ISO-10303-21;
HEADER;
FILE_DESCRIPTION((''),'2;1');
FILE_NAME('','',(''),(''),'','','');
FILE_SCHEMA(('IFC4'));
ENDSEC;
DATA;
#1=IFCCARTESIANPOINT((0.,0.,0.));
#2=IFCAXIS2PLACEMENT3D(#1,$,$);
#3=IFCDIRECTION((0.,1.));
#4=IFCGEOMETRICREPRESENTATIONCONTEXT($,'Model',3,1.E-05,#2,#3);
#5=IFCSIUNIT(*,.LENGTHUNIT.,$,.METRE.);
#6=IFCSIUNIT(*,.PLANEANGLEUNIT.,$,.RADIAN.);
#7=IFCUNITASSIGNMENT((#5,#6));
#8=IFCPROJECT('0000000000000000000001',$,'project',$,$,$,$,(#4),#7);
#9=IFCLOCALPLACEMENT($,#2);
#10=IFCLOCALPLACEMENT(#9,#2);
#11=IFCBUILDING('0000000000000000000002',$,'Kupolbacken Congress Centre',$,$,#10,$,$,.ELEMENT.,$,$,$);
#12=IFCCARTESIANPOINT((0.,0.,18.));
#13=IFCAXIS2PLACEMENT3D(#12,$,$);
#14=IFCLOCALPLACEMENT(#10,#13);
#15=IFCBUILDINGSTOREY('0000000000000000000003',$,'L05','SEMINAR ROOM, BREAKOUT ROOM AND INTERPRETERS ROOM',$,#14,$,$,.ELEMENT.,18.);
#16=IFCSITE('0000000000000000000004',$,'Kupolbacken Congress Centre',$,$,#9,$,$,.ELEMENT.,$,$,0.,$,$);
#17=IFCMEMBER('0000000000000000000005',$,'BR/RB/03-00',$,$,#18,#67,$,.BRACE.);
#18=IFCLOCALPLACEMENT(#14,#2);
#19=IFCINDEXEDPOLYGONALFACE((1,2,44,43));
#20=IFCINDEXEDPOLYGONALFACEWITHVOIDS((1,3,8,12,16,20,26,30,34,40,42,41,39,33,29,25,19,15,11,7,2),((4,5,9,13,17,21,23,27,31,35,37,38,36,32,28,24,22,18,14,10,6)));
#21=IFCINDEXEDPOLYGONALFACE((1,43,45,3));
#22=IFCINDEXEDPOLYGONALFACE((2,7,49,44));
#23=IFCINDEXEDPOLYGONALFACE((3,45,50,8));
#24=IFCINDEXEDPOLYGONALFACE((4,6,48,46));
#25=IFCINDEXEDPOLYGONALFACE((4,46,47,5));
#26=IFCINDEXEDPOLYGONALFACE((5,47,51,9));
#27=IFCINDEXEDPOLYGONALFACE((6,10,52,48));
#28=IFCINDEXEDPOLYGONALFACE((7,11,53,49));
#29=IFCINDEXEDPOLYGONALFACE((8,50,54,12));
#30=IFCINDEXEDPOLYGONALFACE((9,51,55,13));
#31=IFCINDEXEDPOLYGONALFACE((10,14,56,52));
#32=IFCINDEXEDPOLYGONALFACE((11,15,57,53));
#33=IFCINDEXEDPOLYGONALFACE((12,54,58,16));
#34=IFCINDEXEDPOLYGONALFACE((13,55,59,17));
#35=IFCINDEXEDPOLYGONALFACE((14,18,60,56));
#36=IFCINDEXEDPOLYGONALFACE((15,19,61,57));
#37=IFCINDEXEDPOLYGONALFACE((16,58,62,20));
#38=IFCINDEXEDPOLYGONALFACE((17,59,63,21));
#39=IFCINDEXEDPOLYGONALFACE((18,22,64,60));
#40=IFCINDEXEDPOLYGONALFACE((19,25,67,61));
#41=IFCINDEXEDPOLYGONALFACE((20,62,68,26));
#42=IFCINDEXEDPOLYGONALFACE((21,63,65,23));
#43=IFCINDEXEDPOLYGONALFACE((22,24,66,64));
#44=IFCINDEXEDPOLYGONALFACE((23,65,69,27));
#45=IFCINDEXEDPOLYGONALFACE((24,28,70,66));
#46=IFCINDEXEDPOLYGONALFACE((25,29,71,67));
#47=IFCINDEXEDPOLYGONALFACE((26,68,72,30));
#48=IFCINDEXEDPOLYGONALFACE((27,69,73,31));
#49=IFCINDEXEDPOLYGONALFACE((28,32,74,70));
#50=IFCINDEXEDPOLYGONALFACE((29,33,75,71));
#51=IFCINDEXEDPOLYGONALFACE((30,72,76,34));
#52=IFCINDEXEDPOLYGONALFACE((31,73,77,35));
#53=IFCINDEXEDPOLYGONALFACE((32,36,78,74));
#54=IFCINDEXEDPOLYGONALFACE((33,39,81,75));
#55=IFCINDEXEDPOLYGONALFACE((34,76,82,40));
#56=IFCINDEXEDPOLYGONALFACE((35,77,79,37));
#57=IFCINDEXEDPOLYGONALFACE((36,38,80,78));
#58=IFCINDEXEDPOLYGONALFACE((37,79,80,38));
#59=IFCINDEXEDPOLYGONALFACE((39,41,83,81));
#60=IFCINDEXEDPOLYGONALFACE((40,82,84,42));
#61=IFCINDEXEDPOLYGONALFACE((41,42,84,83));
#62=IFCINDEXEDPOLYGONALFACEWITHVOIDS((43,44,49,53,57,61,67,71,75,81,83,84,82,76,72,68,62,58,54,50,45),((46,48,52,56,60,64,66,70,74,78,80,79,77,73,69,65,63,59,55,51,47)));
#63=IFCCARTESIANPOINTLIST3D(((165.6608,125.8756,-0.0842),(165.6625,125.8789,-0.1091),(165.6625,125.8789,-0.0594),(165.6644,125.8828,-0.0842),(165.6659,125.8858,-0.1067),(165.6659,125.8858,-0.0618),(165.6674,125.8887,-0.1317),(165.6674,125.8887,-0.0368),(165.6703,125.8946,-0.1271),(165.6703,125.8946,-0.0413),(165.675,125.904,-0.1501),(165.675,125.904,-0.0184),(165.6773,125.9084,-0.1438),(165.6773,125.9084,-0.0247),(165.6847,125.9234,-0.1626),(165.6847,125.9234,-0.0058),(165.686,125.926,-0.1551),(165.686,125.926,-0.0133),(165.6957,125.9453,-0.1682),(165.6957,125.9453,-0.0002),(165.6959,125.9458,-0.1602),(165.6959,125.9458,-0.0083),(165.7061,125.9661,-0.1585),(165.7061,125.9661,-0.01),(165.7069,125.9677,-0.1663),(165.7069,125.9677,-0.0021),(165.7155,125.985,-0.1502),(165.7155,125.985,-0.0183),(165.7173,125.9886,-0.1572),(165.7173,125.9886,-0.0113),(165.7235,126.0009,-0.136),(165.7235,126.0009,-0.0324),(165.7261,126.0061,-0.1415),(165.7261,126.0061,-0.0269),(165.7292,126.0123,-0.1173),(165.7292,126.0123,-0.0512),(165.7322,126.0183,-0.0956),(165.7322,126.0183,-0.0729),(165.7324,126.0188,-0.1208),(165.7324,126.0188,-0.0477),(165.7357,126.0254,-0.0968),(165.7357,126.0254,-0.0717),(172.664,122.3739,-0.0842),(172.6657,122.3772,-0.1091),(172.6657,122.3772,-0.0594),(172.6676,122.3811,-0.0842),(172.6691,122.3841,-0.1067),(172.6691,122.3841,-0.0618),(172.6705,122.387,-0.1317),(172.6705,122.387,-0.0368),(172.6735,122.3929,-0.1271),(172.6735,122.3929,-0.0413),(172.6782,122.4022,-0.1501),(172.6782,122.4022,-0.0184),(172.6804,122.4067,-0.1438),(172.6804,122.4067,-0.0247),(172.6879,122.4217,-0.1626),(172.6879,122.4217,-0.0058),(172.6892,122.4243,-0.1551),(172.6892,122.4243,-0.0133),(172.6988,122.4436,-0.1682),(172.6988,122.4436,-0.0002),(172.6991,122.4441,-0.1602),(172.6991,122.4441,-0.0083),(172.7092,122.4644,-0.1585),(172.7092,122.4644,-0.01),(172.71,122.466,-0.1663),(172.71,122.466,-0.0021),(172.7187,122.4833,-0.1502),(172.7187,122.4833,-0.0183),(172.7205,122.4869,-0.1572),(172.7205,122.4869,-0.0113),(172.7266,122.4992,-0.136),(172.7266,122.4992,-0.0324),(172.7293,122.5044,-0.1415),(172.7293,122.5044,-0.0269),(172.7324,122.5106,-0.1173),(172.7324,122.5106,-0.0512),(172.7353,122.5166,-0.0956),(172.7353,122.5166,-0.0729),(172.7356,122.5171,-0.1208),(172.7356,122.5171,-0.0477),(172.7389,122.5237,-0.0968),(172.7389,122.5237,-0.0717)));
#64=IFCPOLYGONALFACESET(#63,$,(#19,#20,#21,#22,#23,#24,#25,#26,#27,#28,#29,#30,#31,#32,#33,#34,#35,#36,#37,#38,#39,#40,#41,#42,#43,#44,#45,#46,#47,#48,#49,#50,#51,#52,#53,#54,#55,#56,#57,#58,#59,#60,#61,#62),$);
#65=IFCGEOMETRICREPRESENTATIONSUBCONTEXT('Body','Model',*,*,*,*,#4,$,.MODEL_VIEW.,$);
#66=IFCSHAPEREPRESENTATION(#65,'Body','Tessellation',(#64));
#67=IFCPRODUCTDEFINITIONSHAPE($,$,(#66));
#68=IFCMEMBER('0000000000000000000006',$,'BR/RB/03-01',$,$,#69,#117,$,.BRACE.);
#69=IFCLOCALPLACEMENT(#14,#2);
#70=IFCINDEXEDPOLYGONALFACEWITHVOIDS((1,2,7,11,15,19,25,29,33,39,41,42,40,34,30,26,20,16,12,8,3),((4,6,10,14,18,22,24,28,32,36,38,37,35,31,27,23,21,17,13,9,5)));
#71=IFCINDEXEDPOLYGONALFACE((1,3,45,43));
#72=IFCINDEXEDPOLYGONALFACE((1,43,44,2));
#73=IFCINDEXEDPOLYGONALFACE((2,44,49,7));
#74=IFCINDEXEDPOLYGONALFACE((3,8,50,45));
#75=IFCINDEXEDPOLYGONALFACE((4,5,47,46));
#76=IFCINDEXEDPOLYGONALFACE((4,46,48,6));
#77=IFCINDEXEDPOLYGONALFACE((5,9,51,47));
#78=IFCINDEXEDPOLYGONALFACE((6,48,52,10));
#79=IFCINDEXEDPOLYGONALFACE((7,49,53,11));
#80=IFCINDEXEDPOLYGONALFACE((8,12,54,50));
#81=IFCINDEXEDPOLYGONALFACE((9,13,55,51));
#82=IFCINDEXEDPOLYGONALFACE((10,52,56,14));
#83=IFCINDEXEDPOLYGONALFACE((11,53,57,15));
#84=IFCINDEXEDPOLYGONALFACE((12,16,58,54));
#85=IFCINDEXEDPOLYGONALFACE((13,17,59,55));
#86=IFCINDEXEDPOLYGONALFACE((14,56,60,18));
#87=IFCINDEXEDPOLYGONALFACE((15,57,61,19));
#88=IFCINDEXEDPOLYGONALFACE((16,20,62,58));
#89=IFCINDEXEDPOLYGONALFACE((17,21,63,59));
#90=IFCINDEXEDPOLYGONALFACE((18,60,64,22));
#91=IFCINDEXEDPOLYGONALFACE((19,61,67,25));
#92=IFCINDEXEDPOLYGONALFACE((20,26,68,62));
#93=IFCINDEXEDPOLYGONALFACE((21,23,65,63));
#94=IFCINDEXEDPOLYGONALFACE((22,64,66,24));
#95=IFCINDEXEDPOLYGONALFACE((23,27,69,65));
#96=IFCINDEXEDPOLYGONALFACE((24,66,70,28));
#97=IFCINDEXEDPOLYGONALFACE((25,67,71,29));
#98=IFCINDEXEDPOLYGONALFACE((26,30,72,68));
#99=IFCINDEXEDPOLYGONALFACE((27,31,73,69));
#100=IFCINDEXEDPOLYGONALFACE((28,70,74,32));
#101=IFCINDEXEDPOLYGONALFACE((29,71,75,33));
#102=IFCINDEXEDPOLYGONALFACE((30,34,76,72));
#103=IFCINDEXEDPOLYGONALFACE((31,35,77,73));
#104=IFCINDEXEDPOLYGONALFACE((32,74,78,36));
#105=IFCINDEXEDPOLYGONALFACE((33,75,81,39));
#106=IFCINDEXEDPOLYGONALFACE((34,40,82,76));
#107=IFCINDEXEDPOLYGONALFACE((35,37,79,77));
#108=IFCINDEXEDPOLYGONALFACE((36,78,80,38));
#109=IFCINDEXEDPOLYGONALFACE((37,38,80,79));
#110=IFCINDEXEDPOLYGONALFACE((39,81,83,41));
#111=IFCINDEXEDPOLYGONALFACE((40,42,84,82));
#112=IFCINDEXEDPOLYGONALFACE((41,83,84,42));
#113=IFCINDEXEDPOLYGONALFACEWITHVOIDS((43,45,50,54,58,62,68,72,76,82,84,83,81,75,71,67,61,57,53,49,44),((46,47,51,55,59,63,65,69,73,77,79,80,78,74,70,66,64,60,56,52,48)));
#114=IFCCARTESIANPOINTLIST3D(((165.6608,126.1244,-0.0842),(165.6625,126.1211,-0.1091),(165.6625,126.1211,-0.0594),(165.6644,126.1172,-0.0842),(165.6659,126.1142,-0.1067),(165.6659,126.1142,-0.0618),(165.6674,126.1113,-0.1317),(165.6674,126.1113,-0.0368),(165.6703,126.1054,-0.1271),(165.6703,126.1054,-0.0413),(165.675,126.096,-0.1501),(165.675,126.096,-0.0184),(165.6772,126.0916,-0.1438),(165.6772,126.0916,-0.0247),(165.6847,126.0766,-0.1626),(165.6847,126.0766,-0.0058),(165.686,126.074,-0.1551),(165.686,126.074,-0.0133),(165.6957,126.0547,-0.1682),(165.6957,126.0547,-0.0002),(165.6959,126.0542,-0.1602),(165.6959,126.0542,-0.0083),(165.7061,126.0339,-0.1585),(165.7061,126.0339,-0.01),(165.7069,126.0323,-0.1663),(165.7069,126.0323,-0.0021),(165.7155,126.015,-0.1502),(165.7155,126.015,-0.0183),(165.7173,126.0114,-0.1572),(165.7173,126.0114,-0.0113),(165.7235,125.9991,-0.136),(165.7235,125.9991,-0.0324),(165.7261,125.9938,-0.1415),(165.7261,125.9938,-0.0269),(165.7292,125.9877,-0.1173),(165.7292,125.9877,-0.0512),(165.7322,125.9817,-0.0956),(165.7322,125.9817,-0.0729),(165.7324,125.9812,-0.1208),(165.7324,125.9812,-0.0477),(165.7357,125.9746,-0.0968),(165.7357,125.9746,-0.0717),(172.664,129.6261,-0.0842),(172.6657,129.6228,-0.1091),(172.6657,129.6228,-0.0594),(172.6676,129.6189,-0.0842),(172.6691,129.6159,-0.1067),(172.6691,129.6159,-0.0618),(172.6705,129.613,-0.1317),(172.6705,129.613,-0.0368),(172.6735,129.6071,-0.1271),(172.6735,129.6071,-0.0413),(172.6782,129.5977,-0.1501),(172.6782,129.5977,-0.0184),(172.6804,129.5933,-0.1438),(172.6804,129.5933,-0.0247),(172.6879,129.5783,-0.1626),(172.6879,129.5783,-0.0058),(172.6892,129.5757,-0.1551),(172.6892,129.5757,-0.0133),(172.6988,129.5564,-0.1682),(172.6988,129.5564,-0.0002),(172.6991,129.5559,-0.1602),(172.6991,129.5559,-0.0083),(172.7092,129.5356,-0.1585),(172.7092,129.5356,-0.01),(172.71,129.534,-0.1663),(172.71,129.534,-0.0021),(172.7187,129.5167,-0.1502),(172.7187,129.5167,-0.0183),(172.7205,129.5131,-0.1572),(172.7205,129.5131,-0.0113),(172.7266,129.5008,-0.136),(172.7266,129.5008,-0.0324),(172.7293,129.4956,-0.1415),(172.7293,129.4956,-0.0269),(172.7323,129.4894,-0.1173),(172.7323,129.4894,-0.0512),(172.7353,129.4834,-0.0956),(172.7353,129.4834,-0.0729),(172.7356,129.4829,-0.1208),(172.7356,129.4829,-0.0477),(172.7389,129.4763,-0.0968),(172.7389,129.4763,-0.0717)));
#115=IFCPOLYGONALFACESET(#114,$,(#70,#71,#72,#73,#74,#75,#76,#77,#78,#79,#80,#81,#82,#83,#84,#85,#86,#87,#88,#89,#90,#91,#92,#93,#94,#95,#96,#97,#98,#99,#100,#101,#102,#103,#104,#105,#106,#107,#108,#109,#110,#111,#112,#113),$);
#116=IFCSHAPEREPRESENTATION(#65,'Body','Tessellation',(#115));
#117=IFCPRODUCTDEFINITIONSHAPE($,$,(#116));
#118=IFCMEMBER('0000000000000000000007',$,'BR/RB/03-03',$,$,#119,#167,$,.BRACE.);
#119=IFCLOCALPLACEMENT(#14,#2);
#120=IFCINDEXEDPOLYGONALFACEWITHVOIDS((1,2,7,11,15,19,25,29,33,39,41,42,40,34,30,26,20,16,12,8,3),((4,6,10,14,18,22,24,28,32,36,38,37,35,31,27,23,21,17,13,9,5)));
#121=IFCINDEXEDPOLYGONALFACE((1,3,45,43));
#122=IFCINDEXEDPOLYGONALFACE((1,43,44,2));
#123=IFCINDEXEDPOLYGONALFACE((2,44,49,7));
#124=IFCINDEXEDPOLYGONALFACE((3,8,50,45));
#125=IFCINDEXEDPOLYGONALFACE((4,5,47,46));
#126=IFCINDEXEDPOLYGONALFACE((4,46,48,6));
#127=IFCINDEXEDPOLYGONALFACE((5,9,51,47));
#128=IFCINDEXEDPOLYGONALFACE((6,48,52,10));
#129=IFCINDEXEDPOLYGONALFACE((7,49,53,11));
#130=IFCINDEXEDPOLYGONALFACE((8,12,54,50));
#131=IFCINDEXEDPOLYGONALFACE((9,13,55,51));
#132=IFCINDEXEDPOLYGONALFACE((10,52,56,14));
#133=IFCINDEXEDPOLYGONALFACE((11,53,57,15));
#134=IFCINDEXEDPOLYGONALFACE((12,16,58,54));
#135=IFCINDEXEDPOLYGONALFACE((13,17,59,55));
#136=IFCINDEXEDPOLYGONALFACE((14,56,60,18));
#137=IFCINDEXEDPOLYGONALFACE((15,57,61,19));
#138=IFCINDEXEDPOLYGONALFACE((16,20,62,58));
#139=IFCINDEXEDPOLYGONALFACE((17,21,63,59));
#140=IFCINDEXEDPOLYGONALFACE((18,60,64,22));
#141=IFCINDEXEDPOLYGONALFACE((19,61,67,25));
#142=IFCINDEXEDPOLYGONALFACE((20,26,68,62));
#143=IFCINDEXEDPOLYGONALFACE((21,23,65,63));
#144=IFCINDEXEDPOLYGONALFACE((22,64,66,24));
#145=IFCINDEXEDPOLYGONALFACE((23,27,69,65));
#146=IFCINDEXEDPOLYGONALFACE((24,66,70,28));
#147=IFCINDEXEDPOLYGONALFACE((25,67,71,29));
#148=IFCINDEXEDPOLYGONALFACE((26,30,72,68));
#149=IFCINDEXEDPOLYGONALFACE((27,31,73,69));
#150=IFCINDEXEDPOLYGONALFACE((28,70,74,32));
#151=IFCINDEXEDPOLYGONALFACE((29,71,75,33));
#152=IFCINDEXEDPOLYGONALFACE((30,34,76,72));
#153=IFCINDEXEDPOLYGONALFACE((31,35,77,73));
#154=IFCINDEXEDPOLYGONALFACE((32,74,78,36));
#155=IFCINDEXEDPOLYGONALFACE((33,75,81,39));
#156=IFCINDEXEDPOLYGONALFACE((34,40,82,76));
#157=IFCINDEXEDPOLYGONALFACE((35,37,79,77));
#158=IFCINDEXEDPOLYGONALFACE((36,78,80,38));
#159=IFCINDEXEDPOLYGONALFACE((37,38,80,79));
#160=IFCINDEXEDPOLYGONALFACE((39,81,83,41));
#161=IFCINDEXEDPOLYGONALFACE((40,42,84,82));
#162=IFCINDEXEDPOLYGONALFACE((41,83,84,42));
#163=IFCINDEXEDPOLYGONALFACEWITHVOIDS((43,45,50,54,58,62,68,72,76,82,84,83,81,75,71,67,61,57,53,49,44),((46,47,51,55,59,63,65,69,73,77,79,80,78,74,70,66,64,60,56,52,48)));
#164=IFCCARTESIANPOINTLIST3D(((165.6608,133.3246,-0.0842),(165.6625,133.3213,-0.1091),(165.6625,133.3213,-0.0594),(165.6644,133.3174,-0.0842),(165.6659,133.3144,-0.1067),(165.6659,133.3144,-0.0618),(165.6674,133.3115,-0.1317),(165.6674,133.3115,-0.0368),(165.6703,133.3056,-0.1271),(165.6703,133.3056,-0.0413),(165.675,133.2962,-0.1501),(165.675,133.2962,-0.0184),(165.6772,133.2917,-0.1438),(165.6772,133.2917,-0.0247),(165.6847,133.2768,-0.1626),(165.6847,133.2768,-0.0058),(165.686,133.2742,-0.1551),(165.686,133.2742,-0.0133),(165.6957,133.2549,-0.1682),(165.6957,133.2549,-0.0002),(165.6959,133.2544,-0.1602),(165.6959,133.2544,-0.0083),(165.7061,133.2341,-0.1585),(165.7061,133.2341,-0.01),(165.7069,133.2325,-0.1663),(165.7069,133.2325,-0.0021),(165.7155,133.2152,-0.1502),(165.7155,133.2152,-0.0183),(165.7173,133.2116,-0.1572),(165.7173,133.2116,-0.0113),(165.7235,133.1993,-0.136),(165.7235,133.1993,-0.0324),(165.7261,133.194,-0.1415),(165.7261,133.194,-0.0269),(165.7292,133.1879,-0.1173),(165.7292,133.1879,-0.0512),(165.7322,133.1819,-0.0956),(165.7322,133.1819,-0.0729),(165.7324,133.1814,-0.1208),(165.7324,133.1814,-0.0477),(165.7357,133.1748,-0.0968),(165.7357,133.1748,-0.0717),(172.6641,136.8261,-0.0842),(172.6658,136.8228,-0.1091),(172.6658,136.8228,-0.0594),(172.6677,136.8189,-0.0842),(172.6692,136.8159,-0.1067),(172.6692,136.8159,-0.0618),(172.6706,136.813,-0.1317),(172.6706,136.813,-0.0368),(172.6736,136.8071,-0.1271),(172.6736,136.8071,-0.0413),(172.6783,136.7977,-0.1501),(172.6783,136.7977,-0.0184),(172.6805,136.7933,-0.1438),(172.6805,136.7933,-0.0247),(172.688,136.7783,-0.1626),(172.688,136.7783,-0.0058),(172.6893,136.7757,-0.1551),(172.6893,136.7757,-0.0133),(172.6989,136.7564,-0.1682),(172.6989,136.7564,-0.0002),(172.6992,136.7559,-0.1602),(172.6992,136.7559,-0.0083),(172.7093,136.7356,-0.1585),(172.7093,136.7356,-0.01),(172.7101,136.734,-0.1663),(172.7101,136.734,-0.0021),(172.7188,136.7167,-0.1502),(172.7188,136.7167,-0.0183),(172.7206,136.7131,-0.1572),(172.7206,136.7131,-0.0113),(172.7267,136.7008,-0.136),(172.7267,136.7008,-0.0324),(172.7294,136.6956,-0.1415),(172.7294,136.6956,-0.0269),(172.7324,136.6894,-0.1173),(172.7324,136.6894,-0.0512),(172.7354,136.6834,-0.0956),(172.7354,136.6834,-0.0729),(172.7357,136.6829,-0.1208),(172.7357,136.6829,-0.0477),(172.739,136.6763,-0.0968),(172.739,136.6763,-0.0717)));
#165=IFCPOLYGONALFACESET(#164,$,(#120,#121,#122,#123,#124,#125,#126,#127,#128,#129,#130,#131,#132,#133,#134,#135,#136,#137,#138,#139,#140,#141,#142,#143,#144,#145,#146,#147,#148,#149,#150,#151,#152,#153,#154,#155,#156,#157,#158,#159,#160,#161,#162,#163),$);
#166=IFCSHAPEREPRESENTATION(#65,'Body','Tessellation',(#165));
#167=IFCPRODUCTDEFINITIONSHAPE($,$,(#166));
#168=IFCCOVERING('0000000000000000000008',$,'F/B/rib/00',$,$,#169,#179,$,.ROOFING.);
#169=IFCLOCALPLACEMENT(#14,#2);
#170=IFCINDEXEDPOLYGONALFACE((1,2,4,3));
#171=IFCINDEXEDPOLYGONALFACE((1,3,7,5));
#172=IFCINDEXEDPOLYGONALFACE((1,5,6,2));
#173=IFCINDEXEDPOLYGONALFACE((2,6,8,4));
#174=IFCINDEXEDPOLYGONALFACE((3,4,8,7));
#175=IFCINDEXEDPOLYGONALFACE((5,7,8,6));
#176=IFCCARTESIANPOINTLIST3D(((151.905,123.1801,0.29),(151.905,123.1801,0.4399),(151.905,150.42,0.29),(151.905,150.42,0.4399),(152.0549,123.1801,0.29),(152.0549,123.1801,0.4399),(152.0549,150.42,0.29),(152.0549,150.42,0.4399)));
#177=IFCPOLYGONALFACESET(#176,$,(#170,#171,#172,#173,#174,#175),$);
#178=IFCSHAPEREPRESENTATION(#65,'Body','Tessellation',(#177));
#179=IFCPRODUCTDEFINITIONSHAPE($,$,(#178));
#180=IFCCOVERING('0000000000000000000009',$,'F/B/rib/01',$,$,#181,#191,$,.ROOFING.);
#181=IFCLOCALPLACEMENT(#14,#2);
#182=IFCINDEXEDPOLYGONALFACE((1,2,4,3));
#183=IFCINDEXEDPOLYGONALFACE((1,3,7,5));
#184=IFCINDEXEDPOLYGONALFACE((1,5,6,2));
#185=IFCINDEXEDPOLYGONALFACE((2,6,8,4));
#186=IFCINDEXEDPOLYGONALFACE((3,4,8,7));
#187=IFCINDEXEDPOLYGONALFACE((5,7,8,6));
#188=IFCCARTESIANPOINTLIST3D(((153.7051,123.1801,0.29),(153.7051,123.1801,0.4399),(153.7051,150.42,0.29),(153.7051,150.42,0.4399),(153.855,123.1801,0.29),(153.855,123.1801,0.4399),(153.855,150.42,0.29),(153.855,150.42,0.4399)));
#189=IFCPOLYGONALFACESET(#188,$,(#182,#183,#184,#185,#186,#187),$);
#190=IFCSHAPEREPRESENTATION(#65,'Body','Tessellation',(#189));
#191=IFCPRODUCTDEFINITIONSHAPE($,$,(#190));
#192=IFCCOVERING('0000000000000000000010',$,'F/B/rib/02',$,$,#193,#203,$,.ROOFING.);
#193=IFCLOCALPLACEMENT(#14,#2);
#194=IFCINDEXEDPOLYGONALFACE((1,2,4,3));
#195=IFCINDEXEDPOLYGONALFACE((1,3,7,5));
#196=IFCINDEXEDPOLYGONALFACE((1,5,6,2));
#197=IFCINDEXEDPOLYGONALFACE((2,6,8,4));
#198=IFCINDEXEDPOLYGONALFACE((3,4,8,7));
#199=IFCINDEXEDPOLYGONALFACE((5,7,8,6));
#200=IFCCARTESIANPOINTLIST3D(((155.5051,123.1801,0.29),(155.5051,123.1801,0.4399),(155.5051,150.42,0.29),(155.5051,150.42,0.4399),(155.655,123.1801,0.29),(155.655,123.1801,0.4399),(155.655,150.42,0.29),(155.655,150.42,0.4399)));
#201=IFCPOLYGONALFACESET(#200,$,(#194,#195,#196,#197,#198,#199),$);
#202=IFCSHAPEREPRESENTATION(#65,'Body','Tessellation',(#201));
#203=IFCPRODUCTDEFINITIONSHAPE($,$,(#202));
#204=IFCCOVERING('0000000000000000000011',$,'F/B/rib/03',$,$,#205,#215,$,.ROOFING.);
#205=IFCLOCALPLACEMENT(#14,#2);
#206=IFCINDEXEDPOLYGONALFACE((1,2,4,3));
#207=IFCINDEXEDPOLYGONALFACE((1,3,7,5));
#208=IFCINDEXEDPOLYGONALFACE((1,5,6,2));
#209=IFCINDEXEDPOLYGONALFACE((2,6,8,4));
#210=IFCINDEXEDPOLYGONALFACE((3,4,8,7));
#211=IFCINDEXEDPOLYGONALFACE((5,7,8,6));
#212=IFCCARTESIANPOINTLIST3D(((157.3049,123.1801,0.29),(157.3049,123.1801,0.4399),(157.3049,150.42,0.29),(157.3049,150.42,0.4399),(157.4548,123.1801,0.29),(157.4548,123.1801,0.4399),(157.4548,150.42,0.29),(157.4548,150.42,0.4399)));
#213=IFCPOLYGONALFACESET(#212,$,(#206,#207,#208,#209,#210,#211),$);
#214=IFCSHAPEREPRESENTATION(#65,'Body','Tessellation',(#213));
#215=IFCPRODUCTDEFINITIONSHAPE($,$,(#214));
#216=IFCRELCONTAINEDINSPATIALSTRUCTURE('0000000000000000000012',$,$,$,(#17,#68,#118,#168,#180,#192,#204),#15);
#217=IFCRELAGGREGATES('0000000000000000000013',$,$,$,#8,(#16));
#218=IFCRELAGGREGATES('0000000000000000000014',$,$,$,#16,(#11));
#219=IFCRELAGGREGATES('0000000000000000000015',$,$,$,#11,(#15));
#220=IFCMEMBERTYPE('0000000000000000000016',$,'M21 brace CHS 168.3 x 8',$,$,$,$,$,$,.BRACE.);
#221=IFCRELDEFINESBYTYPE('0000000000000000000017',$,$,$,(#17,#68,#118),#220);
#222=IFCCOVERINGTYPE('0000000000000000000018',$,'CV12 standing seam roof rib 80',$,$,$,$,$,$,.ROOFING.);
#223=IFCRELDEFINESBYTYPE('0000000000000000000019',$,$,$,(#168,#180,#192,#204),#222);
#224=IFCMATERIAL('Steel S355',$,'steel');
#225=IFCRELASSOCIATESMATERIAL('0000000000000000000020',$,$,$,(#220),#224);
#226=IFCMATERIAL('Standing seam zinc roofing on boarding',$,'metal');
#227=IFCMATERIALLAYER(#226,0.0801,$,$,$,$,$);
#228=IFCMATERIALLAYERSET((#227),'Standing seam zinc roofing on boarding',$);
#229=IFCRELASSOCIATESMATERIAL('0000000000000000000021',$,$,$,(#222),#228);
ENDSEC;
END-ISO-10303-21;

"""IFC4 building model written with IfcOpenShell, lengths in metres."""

from ifc_helpers import new_model, si_unit, direction, frame, origin, origin_2d, place, context, subcontext, project, spatial, rectangle, hollow_circle, extrude, material, layer, layer_set, material_profile, profile_set, type_object, element, save


model = new_model("IFC4")

# Units and contexts
model_context = context("Model", 3, precision=1e-05, world=origin(), true_north=direction((0.0, 1.0)))
body_context = subcontext(model_context, "Body", "Model", "MODEL_VIEW")
ifc_project = project(units=[si_unit("LENGTHUNIT", "METRE"), si_unit("PLANEANGLEUNIT", "RADIAN")], contexts=[model_context])

# Site, building, storey
site_placement = place(None, origin())
site = spatial("IfcSite", under=ifc_project, at=site_placement, Name="Kupolbacken Congress Centre", CompositionType="ELEMENT", RefElevation=0.0)
building_placement = place(site_placement, origin())
building = spatial("IfcBuilding", under=site, at=building_placement, Name="Kupolbacken Congress Centre", CompositionType="ELEMENT")
storey_placement = place(building_placement, frame((0.0, 0.0, 18.0)))
storey = spatial("IfcBuildingStorey", under=building, at=storey_placement, Name="L05", Description="SEMINAR ROOM, BREAKOUT ROOM AND INTERPRETERS ROOM", CompositionType="ELEMENT", Elevation=18.0)

# Members
ifc_material_1 = material(Name="Steel S355", Category="steel")
ifc_material_profile_1 = material_profile(ifc_material_1, hollow_circle(Radius=0.0842, WallThickness=0.0081, at=origin_2d()), Name="CHS 168.3 x 8")
ifc_profile_set_1 = profile_set([ifc_material_profile_1], Name="Steel S355")
member_type_1 = type_object("IfcMemberType", Name="M21 brace CHS 168.3 x 8", PredefinedType="BRACE", material=ifc_profile_set_1)
for number, where, z_axis, x_axis, name in (
    (1, (172.7017, 122.4492, -0.0842), (-0.894421, 0.447226, 0.0), (-0.447226, -0.894421, 0.0), "BR/RB/03-00"),
    (2, (165.6985, 126.0491, -0.0842), (0.894421, 0.447226, 0.0), (-0.447226, 0.894421, 0.0), "BR/RB/03-01"),
    (3, (165.6985, 133.2493, -0.0842), (0.894433, 0.447201, 0.0), (-0.447201, 0.894433, 0.0), "BR/RB/03-03"),
):
    element("IfcMember", number, at=place(storey_placement, frame(where, z_axis=z_axis, x_axis=x_axis)), inside=storey, type_object=member_type_1, Name=name, PredefinedType="BRACE", context=body_context, shape_type="SweptSolid", body=[
        extrude(hollow_circle(Radius=0.0842, WallThickness=0.0081, at=origin_2d()), origin(), (0.0, 0.0, 1.0), 7.8298),
    ])

# Coverings
ifc_material_2 = material(Name="Standing seam zinc roofing on boarding", Category="metal")
ifc_layer_1 = layer(ifc_material_2, 0.0801)
ifc_layer_set_1 = layer_set([ifc_layer_1], Name="Standing seam zinc roofing on boarding")
covering_type = type_object("IfcCoveringType", Name="CV12 standing seam roof rib 80", PredefinedType="ROOFING", material=ifc_layer_set_1)
for number, where, z_axis, x_axis, name in (
    (4, (151.98, 136.8, 0.29), (0.0, 0.0, 1.0), (0.0, 1.0, 0.0), "F/B/rib/00"),
    (5, (153.78, 136.8, 0.29), (0.0, 0.0, 1.0), (0.0, 1.0, 0.0), "F/B/rib/01"),
    (6, (155.5801, 136.8, 0.29), (0.0, 0.0, 1.0), (0.0, 1.0, 0.0), "F/B/rib/02"),
    (7, (157.3799, 136.8, 0.29), (0.0, 0.0, 1.0), (0.0, 1.0, 0.0), "F/B/rib/03"),
):
    element("IfcCovering", number, at=place(storey_placement, frame(where, z_axis=z_axis, x_axis=x_axis)), inside=storey, type_object=covering_type, Name=name, PredefinedType="ROOFING", context=body_context, shape_type="SweptSolid", body=[
        extrude(rectangle(XDim=27.24, YDim=0.1499, at=origin_2d()), origin(), (0.0, 0.0, 1.0), 0.1499),
    ])

save(model, "model.ifc")
